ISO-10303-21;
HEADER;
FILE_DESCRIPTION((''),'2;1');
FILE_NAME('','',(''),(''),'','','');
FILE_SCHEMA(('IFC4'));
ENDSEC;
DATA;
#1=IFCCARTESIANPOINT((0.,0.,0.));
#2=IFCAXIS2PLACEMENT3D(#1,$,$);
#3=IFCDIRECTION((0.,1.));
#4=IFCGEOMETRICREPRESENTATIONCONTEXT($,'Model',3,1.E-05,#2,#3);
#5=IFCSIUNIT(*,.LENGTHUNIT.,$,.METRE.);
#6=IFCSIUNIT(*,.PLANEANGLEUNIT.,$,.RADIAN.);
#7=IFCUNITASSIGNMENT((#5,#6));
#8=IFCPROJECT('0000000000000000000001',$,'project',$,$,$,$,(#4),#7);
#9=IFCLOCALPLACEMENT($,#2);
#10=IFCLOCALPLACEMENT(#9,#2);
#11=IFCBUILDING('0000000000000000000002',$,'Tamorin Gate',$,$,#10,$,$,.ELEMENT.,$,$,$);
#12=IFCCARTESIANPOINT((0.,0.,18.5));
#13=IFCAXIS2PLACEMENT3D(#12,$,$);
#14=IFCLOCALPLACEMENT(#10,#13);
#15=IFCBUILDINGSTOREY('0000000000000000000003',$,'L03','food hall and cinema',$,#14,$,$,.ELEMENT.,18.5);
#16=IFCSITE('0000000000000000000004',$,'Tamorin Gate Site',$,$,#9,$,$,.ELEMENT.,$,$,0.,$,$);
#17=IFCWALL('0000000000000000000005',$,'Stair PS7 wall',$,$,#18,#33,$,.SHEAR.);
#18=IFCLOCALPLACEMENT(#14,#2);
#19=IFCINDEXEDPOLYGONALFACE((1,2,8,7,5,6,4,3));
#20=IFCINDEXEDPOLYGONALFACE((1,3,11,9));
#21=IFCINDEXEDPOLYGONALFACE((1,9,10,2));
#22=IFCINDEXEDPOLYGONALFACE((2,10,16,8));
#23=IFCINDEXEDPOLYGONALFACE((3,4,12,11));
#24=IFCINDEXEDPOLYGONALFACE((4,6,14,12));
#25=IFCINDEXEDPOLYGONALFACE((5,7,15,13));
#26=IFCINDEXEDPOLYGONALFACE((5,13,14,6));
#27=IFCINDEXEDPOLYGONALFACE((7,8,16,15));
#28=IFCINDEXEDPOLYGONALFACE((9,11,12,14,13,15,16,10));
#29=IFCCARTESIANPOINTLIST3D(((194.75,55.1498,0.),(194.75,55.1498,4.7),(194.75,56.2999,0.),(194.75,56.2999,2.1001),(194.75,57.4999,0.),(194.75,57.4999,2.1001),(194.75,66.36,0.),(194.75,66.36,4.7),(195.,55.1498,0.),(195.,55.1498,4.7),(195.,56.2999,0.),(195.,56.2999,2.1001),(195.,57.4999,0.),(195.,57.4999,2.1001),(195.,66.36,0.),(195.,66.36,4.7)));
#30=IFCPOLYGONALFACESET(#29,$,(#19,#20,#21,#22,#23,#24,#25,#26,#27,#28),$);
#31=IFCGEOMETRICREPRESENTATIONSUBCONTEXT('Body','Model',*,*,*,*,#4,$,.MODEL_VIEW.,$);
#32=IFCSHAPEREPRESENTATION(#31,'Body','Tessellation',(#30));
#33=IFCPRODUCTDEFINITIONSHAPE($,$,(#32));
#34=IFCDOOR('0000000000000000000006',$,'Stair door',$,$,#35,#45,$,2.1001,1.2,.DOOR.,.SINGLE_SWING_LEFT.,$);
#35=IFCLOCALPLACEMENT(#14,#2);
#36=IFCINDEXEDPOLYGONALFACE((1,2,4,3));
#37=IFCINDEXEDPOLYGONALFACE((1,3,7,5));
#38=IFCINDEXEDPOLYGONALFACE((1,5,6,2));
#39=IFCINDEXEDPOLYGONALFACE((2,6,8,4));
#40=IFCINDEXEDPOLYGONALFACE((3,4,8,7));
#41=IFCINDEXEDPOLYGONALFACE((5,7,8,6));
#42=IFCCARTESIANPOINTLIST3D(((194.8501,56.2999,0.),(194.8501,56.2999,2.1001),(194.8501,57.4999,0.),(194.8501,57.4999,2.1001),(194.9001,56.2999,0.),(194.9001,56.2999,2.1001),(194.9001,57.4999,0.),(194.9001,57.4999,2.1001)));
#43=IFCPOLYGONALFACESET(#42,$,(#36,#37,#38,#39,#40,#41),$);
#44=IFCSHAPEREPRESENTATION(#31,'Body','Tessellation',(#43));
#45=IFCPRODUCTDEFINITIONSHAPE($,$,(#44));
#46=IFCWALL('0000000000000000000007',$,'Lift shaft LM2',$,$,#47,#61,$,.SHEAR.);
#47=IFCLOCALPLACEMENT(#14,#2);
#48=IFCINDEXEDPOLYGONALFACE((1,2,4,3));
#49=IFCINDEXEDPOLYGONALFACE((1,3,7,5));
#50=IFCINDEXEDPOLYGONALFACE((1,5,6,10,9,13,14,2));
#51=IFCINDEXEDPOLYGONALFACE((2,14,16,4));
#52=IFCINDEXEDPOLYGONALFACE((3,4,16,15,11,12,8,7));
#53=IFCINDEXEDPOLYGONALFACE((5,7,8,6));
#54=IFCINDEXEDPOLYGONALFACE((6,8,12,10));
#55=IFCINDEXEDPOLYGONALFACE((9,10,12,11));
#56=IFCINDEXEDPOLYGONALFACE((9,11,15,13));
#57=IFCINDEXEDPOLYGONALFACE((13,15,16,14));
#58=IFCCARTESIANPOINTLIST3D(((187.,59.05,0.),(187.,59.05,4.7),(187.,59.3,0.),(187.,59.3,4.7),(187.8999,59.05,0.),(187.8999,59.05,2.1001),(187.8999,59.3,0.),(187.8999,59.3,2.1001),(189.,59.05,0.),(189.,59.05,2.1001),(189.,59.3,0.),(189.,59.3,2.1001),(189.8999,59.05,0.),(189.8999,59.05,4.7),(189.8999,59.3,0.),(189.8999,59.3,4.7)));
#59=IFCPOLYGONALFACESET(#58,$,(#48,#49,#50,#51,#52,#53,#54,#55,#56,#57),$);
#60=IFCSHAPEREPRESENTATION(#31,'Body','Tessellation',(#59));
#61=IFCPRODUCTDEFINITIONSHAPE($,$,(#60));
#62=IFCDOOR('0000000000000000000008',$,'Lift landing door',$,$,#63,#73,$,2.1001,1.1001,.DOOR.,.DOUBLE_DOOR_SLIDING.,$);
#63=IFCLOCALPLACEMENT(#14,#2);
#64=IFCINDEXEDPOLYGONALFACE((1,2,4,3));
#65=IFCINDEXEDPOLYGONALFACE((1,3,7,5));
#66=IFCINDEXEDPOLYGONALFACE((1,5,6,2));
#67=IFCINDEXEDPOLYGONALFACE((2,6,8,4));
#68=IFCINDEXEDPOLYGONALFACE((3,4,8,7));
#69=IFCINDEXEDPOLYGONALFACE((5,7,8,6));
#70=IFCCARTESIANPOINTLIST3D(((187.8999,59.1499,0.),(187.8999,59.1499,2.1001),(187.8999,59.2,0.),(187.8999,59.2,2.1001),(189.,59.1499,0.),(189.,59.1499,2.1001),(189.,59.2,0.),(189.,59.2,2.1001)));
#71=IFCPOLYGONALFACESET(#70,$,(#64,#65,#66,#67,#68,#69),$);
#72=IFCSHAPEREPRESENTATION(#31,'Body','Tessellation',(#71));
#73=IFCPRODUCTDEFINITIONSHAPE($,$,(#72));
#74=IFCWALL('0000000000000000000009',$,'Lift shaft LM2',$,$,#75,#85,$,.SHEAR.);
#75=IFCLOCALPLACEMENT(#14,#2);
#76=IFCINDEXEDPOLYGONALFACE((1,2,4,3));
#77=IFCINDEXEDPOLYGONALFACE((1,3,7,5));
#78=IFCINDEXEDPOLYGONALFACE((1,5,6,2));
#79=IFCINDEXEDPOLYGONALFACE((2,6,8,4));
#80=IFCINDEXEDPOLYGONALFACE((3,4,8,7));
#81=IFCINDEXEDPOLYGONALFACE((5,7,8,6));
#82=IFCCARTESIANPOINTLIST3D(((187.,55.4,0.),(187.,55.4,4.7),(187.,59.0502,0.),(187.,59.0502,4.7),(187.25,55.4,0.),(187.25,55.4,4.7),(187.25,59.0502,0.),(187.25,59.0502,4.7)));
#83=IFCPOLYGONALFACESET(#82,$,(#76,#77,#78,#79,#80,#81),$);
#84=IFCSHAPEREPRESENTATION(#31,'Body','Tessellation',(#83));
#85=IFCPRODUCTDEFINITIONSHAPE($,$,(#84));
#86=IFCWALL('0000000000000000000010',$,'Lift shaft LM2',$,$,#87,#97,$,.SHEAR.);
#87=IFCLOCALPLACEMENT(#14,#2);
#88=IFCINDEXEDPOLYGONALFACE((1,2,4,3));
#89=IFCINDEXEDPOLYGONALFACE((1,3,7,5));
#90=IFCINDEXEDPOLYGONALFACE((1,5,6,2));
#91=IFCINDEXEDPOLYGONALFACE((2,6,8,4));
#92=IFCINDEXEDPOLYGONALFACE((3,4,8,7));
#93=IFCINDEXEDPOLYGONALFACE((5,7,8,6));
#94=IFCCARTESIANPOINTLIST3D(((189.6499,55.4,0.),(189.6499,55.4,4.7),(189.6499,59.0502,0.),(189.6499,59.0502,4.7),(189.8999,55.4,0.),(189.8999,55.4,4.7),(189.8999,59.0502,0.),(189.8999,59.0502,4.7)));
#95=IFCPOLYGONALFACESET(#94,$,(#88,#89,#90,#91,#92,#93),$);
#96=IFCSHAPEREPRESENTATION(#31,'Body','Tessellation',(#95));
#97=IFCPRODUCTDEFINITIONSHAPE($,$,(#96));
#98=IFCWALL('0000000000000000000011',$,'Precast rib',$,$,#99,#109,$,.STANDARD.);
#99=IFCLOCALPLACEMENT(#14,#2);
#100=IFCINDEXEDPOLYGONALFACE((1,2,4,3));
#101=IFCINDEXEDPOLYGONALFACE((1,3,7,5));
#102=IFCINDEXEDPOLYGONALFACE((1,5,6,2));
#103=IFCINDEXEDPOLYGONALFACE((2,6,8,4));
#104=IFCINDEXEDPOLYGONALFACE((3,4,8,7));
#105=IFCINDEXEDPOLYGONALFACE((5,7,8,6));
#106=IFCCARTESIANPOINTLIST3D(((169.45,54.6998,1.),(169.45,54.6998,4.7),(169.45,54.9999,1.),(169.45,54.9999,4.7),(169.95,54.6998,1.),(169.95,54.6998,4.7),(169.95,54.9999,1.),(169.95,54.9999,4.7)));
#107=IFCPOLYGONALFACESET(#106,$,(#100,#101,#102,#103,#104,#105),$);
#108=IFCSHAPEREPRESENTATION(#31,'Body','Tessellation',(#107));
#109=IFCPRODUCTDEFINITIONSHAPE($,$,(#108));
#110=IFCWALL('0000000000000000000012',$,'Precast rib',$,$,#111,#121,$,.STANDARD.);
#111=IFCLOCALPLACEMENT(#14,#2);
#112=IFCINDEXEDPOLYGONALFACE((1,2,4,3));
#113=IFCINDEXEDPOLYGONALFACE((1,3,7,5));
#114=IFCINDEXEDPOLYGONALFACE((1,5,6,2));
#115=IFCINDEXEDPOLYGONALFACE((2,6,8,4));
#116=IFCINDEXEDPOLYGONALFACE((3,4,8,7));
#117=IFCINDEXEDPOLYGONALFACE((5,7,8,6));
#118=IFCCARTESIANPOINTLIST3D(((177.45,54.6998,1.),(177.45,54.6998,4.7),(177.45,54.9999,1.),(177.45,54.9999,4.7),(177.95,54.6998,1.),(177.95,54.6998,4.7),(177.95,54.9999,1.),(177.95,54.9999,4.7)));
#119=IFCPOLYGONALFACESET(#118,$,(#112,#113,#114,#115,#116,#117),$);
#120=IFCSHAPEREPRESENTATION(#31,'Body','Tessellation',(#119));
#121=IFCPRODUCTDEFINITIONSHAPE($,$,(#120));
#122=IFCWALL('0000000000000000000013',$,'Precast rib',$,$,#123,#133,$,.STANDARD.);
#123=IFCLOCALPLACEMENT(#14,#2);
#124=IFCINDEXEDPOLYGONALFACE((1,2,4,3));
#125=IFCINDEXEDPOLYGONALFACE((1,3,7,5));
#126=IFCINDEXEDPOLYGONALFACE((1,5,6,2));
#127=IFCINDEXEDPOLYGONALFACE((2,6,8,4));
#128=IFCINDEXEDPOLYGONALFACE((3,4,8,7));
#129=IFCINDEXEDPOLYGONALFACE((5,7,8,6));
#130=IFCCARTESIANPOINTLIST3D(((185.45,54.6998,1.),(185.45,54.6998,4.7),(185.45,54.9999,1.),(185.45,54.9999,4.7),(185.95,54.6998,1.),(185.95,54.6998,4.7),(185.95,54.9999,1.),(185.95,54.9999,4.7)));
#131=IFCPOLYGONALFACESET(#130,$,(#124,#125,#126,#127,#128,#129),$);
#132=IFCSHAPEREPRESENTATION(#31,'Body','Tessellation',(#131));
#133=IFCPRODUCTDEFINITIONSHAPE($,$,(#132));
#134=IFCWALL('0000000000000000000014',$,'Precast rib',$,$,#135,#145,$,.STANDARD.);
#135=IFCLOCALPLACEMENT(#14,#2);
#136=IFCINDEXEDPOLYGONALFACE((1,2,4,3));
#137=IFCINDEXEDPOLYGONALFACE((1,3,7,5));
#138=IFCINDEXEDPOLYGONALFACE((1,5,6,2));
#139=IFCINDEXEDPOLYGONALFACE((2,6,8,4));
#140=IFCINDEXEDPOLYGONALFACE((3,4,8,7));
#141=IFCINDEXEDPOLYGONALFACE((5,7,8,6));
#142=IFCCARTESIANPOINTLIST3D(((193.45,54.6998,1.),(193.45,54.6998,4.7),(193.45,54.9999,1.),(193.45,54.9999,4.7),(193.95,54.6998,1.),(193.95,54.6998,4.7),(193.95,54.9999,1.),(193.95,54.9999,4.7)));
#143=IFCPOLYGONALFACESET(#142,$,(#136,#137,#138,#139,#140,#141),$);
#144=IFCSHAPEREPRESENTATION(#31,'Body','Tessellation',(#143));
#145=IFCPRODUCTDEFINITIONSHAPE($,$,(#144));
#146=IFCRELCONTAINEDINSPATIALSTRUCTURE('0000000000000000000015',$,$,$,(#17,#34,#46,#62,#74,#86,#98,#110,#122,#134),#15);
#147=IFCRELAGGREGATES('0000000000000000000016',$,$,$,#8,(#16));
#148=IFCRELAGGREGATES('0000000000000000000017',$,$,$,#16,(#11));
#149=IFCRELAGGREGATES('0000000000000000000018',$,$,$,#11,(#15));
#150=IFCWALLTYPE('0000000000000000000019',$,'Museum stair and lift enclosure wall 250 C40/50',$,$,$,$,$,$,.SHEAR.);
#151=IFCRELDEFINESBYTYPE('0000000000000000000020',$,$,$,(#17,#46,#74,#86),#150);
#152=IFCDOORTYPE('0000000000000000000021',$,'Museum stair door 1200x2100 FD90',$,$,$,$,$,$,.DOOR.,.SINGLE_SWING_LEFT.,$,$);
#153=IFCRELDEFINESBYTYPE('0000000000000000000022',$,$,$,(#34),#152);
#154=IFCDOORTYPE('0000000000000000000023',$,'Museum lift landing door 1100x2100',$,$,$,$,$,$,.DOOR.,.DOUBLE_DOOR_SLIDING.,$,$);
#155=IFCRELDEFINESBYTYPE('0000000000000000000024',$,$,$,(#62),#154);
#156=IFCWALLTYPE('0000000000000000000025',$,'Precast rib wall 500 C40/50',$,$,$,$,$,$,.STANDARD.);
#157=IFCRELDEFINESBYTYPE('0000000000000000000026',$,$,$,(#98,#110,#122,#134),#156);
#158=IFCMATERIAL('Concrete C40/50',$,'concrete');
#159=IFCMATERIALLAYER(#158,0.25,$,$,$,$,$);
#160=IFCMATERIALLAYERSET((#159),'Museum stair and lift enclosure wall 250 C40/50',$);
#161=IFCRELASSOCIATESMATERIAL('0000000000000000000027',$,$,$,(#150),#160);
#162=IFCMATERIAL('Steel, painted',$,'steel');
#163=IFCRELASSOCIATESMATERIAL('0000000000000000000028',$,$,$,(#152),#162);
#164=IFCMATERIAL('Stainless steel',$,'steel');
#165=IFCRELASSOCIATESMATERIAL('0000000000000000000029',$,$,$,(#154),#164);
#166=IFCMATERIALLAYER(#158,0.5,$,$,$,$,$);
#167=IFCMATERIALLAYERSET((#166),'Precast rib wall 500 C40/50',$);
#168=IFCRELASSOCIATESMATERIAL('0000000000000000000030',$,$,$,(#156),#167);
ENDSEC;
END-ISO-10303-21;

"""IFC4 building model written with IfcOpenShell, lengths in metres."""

from ifc_helpers import new_model, si_unit, direction, frame, frame_2d, origin, place, context, subcontext, project, spatial, rectangle, extrude, material, layer, layer_set, type_object, element, fill, save


model = new_model("IFC4")

# Units and contexts
model_context = context("Model", 3, precision=1e-05, world=origin(), true_north=direction((0.0, 1.0)))
body_context = subcontext(model_context, "Body", "Model", "MODEL_VIEW")
ifc_project = project(units=[si_unit("LENGTHUNIT", "METRE"), si_unit("PLANEANGLEUNIT", "RADIAN")], contexts=[model_context])

# Site, building, storey
site_placement = place(None, origin())
site = spatial("IfcSite", under=ifc_project, at=site_placement, Name="Tamorin Gate Site", CompositionType="ELEMENT", RefElevation=0.0)
building_placement = place(site_placement, origin())
building = spatial("IfcBuilding", under=site, at=building_placement, Name="Tamorin Gate", CompositionType="ELEMENT")
storey_placement = place(building_placement, frame((0.0, 0.0, 18.5)))
storey = spatial("IfcBuildingStorey", under=building, at=storey_placement, Name="L03", Description="food hall and cinema", CompositionType="ELEMENT", Elevation=18.5)

# Shared definitions
ifc_material_1 = material(Name="Steel, painted", Category="steel")

# Walls, openings, doors
ifc_material_2 = material(Name="Concrete C40/50", Category="concrete")
ifc_layer_1 = layer(ifc_material_2, 0.25)
ifc_layer_set_1 = layer_set([ifc_layer_1], Name="Museum stair and lift enclosure wall 250 C40/50")
wall_type_1 = type_object("IfcWallType", Name="Museum stair and lift enclosure wall 250 C40/50", PredefinedType="SHEAR", material=ifc_layer_set_1)
wall_1_placement = place(storey_placement, frame((194.875, 55.1499, 0.0), z_axis=(0.0, 0.0, 1.0), x_axis=(0.0, 1.0, 0.0)))
wall_1 = element("IfcWall", 1, at=wall_1_placement, inside=storey, type_object=wall_type_1, Name="Stair PS7 wall", PredefinedType="SHEAR", context=body_context, shape_type="SweptSolid", body=[
    extrude(rectangle(XDim=11.2102, YDim=0.25, at=frame_2d((5.605, 0.0))), origin(), (0.0, 0.0, 1.0), 4.7),
])
opening_1_placement = place(wall_1_placement, frame((1.1499, 0.0, 0.0)))
opening_1 = element("IfcOpeningElement", 2, at=opening_1_placement, cuts=wall_1, PredefinedType="OPENING", context=body_context, shape_type="SweptSolid", body=[
    extrude(rectangle(XDim=1.2, YDim=2.1001, at=frame_2d((0.6001, 1.05))), frame((0.0, 0.135, 0.0), z_axis=(0.0, -1.0, 0.0), x_axis=(1.0, 0.0, 0.0)), (0.0, 0.0, 1.0), 0.27),
])
door_type_1 = type_object("IfcDoorType", Name="Museum stair door 1200x2100 FD90", OperationType="SINGLE_SWING_LEFT", PredefinedType="DOOR", material=ifc_material_1)
door_1_placement = place(opening_1_placement, origin())
door_1 = element("IfcDoor", 3, at=door_1_placement, inside=storey, type_object=door_type_1, Name="Stair door", OperationType="SINGLE_SWING_LEFT", OverallHeight=2.1001, OverallWidth=1.2, PredefinedType="DOOR", context=body_context, shape_type="SweptSolid", body=[
    extrude(rectangle(XDim=1.2, YDim=2.1001, at=frame_2d((0.6001, 1.05))), frame((0.0, 0.0249, 0.0), z_axis=(0.0, -1.0, 0.0), x_axis=(1.0, 0.0, 0.0)), (0.0, 0.0, 1.0), 0.05),
])
fill(opening_1, door_1)
wall_2_placement = place(storey_placement, frame((187.0, 59.175, 0.0), z_axis=(0.0, 0.0, 1.0), x_axis=(1.0, 0.0, 0.0)))
wall_2 = element("IfcWall", 4, at=wall_2_placement, inside=storey, type_object=wall_type_1, Name="Lift shaft LM2", PredefinedType="SHEAR", context=body_context, shape_type="SweptSolid", body=[
    extrude(rectangle(XDim=2.8999, YDim=0.25, at=frame_2d((1.45, 0.0))), origin(), (0.0, 0.0, 1.0), 4.7),
])
opening_2_placement = place(wall_2_placement, frame((0.8999, 0.0, 0.0)))
opening_2 = element("IfcOpeningElement", 5, at=opening_2_placement, cuts=wall_2, PredefinedType="OPENING", context=body_context, shape_type="SweptSolid", body=[
    extrude(rectangle(XDim=1.1001, YDim=2.1001, at=frame_2d((0.55, 1.05))), frame((0.0, 0.135, 0.0), z_axis=(0.0, -1.0, 0.0), x_axis=(1.0, 0.0, 0.0)), (0.0, 0.0, 1.0), 0.27),
])
ifc_material_3 = material(Name="Stainless steel", Category="steel")
door_type_2 = type_object("IfcDoorType", Name="Museum lift landing door 1100x2100", OperationType="DOUBLE_DOOR_SLIDING", PredefinedType="DOOR", material=ifc_material_3)
door_2_placement = place(opening_2_placement, origin())
door_2 = element("IfcDoor", 6, at=door_2_placement, inside=storey, type_object=door_type_2, Name="Lift landing door", OperationType="DOUBLE_DOOR_SLIDING", OverallHeight=2.1001, OverallWidth=1.1001, PredefinedType="DOOR", context=body_context, shape_type="SweptSolid", body=[
    extrude(rectangle(XDim=1.1001, YDim=2.1001, at=frame_2d((0.55, 1.05))), frame((0.0, 0.0249, 0.0), z_axis=(0.0, -1.0, 0.0), x_axis=(1.0, 0.0, 0.0)), (0.0, 0.0, 1.0), 0.05),
])
fill(opening_2, door_2)

# Walls
for number, where, z_axis, x_axis, name in (
    (7, (187.125, 55.3999, 0.0), (0.0, 0.0, 1.0), (0.0, 1.0, 0.0), "Lift shaft LM2"),
    (8, (189.7749, 55.3999, 0.0), (0.0, 0.0, 1.0), (0.0, 1.0, 0.0), "Lift shaft LM2"),
):
    element("IfcWall", number, at=place(storey_placement, frame(where, z_axis=z_axis, x_axis=x_axis)), inside=storey, type_object=wall_type_1, Name=name, PredefinedType="SHEAR", context=body_context, shape_type="SweptSolid", body=[
        extrude(rectangle(XDim=3.6501, YDim=0.25, at=frame_2d((1.8252, 0.0))), origin(), (0.0, 0.0, 1.0), 4.7),
    ])
ifc_layer_2 = layer(ifc_material_2, 0.5)
ifc_layer_set_2 = layer_set([ifc_layer_2], Name="Precast rib wall 500 C40/50")
wall_type_2 = type_object("IfcWallType", Name="Precast rib wall 500 C40/50", PredefinedType="STANDARD", material=ifc_layer_set_2)
for number, where, z_axis, x_axis, name in (
    (9, (169.7, 54.7, 1.0), (0.0, 0.0, 1.0), (0.0, 1.0, 0.0), "Precast rib"),
    (10, (177.7, 54.7, 1.0), (0.0, 0.0, 1.0), (0.0, 1.0, 0.0), "Precast rib"),
    (11, (185.7, 54.7, 1.0), (0.0, 0.0, 1.0), (0.0, 1.0, 0.0), "Precast rib"),
    (12, (193.7, 54.7, 1.0), (0.0, 0.0, 1.0), (0.0, 1.0, 0.0), "Precast rib"),
):
    element("IfcWall", number, at=place(storey_placement, frame(where, z_axis=z_axis, x_axis=x_axis)), inside=storey, type_object=wall_type_2, Name=name, PredefinedType="STANDARD", context=body_context, shape_type="SweptSolid", body=[
        extrude(rectangle(XDim=0.3, YDim=0.5, at=frame_2d((0.1499, 0.0))), origin(), (0.0, 0.0, 1.0), 3.7),
    ])

save(model, "model.ifc")
